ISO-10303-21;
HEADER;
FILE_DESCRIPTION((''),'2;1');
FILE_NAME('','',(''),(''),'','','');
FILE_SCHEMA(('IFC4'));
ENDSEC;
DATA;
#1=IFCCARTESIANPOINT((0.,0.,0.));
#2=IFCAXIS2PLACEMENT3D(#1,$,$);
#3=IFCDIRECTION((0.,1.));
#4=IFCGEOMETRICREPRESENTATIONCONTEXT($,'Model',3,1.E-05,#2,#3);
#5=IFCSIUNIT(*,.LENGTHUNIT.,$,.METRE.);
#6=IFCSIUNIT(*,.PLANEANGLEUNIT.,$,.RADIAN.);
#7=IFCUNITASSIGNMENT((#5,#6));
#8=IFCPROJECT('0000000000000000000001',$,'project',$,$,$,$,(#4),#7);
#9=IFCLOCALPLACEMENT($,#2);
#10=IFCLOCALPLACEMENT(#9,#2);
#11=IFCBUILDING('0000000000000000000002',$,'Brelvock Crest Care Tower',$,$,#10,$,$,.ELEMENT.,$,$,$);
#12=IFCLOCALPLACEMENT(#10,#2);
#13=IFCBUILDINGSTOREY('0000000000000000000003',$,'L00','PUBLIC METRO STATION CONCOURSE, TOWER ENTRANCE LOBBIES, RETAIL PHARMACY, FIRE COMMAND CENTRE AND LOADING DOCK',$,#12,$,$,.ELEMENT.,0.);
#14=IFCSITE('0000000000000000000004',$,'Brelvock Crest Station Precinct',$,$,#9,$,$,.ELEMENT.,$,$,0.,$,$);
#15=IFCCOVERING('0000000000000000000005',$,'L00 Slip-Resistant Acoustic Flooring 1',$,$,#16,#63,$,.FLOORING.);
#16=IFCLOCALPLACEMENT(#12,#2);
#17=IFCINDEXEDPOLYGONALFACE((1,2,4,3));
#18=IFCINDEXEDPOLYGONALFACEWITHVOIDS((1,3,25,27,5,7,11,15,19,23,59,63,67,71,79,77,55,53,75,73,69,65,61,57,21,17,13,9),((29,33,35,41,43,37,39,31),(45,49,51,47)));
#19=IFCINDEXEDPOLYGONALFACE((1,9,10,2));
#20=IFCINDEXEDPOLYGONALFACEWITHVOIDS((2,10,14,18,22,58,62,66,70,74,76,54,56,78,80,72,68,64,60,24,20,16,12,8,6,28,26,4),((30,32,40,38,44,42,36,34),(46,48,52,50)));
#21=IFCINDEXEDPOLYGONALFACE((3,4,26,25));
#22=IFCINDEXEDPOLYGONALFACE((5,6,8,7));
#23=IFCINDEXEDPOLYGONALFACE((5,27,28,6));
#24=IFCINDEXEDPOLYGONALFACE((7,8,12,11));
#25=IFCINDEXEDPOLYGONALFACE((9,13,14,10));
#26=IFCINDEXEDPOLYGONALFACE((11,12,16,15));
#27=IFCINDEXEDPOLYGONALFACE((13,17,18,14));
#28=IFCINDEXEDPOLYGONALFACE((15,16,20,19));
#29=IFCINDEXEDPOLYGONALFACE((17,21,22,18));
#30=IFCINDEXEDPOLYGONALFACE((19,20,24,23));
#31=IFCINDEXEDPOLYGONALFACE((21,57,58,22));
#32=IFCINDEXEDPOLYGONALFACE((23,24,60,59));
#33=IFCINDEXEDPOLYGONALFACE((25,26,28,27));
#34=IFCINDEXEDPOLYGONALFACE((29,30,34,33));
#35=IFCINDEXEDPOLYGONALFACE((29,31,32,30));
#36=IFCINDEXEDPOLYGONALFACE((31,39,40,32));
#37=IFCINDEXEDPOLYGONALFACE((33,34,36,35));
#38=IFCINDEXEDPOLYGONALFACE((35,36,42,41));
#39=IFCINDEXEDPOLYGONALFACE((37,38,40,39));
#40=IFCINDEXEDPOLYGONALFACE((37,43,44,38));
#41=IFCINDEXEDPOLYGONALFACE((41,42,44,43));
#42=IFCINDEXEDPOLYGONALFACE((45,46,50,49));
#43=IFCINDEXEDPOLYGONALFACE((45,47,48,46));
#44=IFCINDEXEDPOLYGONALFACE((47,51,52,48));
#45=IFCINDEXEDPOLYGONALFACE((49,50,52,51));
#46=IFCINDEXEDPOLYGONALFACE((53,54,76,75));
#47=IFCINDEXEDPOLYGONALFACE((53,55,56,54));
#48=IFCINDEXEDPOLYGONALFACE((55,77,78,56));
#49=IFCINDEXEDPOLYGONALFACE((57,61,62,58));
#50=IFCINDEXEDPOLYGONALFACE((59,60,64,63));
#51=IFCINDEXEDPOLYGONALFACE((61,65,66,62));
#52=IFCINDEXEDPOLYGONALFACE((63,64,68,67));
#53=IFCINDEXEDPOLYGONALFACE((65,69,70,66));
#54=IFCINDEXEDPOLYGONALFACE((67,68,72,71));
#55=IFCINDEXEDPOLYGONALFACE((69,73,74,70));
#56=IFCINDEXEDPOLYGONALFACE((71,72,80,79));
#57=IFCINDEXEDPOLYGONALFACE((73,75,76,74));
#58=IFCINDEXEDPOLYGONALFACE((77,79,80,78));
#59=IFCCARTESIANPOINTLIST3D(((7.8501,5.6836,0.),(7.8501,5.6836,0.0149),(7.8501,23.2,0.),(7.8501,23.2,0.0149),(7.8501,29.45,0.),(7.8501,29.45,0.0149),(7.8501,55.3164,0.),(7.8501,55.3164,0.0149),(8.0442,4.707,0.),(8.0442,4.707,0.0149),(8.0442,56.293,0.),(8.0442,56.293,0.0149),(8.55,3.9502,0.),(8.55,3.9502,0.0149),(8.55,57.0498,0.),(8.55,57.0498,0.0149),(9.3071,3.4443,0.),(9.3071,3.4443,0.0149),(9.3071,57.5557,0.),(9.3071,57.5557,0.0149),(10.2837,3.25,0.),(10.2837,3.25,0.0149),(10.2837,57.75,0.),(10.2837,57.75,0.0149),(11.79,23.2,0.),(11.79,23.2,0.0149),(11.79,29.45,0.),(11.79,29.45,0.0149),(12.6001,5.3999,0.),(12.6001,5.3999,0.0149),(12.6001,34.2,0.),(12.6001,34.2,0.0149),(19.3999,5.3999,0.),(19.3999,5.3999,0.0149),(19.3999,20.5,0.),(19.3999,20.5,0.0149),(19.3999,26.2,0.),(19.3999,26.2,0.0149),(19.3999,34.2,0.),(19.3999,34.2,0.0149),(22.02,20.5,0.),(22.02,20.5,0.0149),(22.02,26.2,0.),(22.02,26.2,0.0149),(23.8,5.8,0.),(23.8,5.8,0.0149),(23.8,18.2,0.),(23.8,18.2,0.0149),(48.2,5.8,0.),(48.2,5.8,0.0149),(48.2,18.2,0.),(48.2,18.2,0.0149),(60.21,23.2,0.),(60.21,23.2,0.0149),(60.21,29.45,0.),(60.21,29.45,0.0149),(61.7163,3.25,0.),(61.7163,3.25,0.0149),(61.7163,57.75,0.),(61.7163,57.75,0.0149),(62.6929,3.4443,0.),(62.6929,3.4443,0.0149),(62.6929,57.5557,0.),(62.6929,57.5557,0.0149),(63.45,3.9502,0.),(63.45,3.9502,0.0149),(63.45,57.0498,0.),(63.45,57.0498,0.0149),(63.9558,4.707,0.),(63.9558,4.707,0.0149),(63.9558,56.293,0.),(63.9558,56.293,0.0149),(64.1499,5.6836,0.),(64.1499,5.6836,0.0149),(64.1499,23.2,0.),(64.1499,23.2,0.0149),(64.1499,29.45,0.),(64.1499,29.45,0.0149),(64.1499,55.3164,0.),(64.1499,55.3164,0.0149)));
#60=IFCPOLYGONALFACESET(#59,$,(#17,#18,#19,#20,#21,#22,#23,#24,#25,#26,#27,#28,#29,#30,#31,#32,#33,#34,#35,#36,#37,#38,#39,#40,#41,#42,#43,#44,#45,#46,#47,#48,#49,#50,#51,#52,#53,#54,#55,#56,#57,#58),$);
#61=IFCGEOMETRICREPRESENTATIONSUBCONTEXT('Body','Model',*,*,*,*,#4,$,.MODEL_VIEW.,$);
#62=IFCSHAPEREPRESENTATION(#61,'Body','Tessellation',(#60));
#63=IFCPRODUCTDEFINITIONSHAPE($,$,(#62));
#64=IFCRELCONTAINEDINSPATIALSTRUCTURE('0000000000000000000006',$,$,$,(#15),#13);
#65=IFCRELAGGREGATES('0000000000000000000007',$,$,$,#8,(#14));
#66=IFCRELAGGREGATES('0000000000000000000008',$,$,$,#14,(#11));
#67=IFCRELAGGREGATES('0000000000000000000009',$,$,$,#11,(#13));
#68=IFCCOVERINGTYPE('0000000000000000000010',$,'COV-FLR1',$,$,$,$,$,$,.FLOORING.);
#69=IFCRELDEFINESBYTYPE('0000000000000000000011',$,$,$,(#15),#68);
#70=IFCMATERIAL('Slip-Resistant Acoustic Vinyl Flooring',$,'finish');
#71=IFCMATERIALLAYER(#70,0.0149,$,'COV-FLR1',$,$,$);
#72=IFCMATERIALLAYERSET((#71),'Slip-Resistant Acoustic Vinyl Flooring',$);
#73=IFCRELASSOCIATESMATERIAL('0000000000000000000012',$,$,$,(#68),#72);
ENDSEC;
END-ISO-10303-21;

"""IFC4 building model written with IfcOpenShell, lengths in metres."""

from ifc_helpers import new_model, si_unit, direction, origin, place, context, subcontext, project, spatial, polyline, outline, extrude, material, layer, layer_set, type_object, element, save


model = new_model("IFC4")

# Units and contexts
model_context = context("Model", 3, precision=1e-05, world=origin(), true_north=direction((0.0, 1.0)))
body_context = subcontext(model_context, "Body", "Model", "MODEL_VIEW")
ifc_project = project(units=[si_unit("LENGTHUNIT", "METRE"), si_unit("PLANEANGLEUNIT", "RADIAN")], contexts=[model_context])

# Site, building, storey
site_placement = place(None, origin())
site = spatial("IfcSite", under=ifc_project, at=site_placement, Name="Brelvock Crest Station Precinct", CompositionType="ELEMENT", RefElevation=0.0)
building_placement = place(site_placement, origin())
building = spatial("IfcBuilding", under=site, at=building_placement, Name="Brelvock Crest Care Tower", CompositionType="ELEMENT")
storey_placement = place(building_placement, origin())
storey = spatial("IfcBuildingStorey", under=building, at=storey_placement, Name="L00", Description="PUBLIC METRO STATION CONCOURSE, TOWER ENTRANCE LOBBIES, RETAIL PHARMACY, FIRE COMMAND CENTRE AND LOADING DOCK", CompositionType="ELEMENT", Elevation=0.0)

# Covering
ifc_material_1 = material(Name="Slip-Resistant Acoustic Vinyl Flooring", Category="finish")
ifc_layer_1 = layer(ifc_material_1, 0.0149, Name="COV-FLR1")
ifc_layer_set_1 = layer_set([ifc_layer_1], Name="Slip-Resistant Acoustic Vinyl Flooring")
covering_type_1 = type_object("IfcCoveringType", Name="COV-FLR1", PredefinedType="FLOORING", material=ifc_layer_set_1)
covering_1_placement = place(storey_placement, origin())
element("IfcCovering", 1, at=covering_1_placement, inside=storey, type_object=covering_type_1, Name="L00 Slip-Resistant Acoustic Flooring 1", PredefinedType="FLOORING", context=body_context, shape_type="SweptSolid", body=[
    extrude(outline(polyline([(61.7163, 3.25), (62.6929, 3.4443), (63.45, 3.9502), (63.9558, 4.707), (64.1499, 5.6836), (64.1499, 23.2), (60.21, 23.2), (60.21, 29.45), (64.1499, 29.45), (64.1499, 55.3164), (63.9558, 56.293), (63.45, 57.0498), (62.6929, 57.5557), (61.7163, 57.75), (10.2837, 57.75), (9.3071, 57.5557), (8.55, 57.0498), (8.0442, 56.293), (7.8501, 55.3164), (7.8501, 29.45), (11.79, 29.45), (11.79, 23.2), (7.8501, 23.2), (7.8501, 5.6836), (8.0442, 4.707), (8.55, 3.9502), (9.3071, 3.4443), (10.2837, 3.25), (61.7163, 3.25)]), holes=[polyline([(12.6001, 5.3999), (19.3999, 5.3999), (19.3999, 20.5), (22.02, 20.5), (22.02, 26.2), (19.3999, 26.2), (19.3999, 34.2), (12.6001, 34.2), (12.6001, 5.3999)]), polyline([(23.8, 5.8), (48.2, 5.8), (48.2, 18.2), (23.8, 18.2), (23.8, 5.8)])]), origin(), (0.0, 0.0, 1.0), 0.0149),
])

save(model, "model.ifc")
